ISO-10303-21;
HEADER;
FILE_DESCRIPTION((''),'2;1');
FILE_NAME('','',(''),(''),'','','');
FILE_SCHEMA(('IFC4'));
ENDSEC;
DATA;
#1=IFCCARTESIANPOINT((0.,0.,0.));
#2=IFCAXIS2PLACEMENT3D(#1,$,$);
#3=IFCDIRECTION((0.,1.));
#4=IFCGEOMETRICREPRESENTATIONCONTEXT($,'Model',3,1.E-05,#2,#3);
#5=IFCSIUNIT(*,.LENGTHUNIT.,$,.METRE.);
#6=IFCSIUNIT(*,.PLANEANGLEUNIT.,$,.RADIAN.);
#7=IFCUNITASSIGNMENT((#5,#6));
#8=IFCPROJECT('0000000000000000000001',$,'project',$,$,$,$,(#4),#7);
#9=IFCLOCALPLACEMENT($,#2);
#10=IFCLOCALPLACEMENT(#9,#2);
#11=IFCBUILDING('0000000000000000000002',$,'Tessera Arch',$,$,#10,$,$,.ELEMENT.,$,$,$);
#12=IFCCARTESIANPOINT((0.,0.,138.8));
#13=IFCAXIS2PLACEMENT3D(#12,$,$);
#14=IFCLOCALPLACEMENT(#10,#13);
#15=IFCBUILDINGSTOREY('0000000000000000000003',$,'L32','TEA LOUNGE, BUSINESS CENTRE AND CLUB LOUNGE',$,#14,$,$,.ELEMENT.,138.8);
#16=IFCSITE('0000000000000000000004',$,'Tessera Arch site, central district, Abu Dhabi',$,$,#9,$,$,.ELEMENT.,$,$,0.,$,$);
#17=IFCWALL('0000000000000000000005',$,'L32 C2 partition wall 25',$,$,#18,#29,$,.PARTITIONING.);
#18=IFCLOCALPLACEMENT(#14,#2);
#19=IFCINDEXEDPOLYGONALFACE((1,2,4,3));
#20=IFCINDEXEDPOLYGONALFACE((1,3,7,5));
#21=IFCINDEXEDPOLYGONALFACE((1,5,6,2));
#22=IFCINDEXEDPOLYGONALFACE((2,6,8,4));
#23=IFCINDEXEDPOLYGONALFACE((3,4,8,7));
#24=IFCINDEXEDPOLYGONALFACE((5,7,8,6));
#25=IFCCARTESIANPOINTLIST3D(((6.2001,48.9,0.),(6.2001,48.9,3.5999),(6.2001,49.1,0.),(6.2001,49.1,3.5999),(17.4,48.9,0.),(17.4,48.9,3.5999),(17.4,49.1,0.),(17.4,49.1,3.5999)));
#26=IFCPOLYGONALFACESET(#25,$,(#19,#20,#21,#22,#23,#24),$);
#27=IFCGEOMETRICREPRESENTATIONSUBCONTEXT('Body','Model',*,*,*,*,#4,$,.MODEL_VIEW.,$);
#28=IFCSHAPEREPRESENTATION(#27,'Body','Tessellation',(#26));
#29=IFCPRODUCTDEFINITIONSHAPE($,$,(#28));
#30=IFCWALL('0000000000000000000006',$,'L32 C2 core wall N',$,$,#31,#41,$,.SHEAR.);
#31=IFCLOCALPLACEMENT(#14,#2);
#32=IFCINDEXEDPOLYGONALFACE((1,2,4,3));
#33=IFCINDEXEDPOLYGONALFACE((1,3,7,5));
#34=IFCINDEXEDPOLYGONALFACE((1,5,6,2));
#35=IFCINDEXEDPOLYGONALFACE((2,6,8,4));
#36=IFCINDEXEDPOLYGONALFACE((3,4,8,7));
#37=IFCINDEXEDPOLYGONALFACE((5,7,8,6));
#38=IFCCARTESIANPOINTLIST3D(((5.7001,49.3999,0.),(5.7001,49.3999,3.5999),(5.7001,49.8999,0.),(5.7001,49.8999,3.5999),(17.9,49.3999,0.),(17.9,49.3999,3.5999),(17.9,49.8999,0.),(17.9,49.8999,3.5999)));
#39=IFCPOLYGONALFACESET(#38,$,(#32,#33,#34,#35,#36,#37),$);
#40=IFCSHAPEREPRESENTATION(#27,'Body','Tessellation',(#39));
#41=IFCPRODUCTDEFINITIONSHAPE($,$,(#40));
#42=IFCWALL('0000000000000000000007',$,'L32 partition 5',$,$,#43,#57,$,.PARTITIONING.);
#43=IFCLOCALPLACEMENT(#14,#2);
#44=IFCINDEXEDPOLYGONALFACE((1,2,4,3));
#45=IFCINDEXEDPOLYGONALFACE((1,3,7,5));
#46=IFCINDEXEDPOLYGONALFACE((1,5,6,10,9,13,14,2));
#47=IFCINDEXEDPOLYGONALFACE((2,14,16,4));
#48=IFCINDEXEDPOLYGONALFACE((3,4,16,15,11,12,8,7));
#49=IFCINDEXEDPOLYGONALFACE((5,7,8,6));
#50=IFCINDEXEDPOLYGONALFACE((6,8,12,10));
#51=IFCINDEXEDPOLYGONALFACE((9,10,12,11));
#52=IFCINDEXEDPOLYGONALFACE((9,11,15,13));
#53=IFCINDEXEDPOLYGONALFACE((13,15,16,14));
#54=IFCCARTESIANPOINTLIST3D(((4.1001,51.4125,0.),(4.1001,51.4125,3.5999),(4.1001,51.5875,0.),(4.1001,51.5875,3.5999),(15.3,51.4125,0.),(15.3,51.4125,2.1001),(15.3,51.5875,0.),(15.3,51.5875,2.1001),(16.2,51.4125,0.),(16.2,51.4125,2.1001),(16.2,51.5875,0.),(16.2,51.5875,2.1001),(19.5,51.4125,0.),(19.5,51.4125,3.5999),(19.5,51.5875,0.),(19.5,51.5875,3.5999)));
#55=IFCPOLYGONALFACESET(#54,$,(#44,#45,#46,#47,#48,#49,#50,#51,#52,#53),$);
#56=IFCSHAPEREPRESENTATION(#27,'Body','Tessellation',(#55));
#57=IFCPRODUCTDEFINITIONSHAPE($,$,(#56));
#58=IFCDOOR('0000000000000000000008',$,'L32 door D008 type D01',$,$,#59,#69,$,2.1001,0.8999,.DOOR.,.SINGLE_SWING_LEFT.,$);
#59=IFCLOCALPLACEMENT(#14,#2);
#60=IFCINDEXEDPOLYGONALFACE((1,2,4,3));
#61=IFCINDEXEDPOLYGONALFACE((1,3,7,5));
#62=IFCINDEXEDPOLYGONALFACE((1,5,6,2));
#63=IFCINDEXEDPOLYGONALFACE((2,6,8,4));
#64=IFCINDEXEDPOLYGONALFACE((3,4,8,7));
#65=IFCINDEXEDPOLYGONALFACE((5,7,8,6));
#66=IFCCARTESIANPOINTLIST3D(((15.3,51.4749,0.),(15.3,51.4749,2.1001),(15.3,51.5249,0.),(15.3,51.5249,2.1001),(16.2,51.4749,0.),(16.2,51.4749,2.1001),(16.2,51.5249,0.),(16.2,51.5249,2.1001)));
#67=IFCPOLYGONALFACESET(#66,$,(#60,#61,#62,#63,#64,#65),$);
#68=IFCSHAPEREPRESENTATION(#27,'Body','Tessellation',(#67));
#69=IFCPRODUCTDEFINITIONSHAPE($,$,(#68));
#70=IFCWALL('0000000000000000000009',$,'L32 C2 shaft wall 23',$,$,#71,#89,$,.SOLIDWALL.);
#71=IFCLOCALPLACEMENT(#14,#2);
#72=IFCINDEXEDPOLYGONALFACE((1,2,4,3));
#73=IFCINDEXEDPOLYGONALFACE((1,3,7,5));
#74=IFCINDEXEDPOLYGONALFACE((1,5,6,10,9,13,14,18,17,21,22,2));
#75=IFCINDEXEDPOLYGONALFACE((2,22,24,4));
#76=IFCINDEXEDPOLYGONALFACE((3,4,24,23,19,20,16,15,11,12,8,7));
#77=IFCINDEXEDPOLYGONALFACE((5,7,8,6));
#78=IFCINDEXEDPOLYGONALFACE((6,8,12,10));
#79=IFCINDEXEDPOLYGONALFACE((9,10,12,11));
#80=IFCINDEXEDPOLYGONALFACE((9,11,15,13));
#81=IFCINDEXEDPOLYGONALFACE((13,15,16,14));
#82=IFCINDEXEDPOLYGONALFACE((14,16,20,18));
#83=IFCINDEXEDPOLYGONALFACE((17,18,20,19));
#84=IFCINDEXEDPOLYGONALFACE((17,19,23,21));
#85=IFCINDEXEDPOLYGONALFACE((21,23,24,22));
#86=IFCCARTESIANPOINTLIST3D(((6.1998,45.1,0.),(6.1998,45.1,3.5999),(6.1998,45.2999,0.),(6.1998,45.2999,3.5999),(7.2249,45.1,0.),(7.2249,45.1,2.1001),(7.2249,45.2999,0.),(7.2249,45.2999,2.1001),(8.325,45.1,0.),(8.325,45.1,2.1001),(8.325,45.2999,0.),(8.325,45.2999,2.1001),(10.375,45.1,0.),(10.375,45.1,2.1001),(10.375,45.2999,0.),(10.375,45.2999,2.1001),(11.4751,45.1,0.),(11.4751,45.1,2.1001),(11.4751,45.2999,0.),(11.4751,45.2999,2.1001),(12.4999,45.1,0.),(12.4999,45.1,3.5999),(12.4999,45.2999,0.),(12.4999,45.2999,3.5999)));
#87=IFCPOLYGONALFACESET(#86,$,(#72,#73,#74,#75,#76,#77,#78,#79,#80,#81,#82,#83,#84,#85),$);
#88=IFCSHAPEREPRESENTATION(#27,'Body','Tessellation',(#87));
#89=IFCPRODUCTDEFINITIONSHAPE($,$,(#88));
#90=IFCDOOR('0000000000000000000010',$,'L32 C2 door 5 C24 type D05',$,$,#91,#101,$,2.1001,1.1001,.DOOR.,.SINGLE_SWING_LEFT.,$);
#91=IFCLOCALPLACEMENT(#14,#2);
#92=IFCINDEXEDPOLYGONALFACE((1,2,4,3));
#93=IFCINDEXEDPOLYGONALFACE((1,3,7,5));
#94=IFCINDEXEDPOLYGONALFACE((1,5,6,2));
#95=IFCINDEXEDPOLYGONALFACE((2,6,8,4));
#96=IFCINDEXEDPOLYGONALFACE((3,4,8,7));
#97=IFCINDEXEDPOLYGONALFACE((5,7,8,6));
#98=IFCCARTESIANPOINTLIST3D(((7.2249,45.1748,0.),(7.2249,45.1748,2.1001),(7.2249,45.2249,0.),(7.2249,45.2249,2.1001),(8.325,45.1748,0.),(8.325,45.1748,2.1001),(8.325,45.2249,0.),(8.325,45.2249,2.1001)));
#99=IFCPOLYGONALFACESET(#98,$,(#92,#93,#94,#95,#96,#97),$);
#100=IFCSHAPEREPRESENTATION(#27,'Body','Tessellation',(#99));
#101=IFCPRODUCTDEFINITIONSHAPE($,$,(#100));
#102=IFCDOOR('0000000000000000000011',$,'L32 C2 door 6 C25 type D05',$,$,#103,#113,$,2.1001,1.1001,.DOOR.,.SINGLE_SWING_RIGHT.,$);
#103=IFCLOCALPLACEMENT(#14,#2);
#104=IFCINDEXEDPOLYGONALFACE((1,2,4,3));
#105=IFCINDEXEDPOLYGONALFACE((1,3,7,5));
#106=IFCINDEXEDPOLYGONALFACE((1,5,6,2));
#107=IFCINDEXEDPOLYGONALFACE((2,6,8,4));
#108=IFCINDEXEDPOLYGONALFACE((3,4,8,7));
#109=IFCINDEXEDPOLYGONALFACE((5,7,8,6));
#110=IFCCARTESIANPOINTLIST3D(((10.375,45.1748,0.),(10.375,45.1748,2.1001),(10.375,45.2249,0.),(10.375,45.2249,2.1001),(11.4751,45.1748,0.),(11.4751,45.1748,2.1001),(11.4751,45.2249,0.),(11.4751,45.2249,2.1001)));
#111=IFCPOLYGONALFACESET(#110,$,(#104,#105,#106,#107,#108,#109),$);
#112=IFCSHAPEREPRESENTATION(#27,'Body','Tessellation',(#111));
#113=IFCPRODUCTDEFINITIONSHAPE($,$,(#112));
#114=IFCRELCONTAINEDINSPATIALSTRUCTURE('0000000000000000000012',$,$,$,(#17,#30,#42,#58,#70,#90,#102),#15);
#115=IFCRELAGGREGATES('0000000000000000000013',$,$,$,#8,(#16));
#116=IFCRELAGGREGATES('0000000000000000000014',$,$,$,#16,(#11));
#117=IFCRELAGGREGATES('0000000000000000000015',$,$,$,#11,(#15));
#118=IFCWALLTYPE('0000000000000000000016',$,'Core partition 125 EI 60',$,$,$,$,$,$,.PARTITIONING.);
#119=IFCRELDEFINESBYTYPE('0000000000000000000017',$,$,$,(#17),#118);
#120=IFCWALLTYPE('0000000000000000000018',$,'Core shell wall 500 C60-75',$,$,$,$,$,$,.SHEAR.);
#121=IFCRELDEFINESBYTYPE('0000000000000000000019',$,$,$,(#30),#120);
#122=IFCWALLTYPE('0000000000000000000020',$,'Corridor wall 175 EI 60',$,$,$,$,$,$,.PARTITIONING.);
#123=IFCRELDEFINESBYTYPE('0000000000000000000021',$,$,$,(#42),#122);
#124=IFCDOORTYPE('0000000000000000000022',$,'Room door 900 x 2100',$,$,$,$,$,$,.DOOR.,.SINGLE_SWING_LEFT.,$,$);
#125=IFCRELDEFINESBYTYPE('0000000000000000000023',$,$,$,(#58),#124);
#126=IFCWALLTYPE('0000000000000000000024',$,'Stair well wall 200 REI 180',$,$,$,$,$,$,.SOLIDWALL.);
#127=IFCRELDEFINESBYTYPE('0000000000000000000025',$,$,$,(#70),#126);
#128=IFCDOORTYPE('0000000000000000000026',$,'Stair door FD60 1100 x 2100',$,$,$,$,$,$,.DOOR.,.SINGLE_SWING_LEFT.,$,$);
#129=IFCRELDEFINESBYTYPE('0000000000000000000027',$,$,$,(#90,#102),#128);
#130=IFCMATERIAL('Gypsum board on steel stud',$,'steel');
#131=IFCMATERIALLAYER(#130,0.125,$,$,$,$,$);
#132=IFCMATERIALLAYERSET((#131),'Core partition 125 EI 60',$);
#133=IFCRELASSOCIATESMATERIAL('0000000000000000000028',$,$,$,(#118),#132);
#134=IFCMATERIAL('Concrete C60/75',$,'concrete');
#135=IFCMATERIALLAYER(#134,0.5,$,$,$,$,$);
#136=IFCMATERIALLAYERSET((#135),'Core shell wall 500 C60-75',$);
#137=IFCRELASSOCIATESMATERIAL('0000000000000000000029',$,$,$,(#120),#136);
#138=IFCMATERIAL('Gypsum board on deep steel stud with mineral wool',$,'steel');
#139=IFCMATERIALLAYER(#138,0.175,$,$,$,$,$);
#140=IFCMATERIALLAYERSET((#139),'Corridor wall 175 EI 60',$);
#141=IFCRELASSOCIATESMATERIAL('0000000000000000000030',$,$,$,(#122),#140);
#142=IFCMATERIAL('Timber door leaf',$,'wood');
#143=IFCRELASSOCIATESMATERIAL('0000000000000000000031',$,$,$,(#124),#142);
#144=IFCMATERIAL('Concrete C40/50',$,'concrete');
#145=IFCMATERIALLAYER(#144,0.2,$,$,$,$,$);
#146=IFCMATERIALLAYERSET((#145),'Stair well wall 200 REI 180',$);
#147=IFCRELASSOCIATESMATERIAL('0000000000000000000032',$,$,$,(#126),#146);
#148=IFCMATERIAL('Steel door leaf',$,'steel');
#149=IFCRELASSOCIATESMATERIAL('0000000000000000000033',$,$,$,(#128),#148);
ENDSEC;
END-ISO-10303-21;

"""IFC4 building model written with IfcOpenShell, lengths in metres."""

from ifc_helpers import new_model, si_unit, direction, frame, frame_2d, origin, place, context, subcontext, project, spatial, rectangle, extrude, material, layer, layer_set, type_object, element, fill, save


model = new_model("IFC4")

# Units and contexts
model_context = context("Model", 3, precision=1e-05, world=origin(), true_north=direction((0.0, 1.0)))
body_context = subcontext(model_context, "Body", "Model", "MODEL_VIEW")
ifc_project = project(units=[si_unit("LENGTHUNIT", "METRE"), si_unit("PLANEANGLEUNIT", "RADIAN")], contexts=[model_context])

# Site, building, storey
site_placement = place(None, origin())
site = spatial("IfcSite", under=ifc_project, at=site_placement, Name="Tessera Arch site, central district, Abu Dhabi", CompositionType="ELEMENT", RefElevation=0.0)
building_placement = place(site_placement, origin())
building = spatial("IfcBuilding", under=site, at=building_placement, Name="Tessera Arch", CompositionType="ELEMENT")
storey_placement = place(building_placement, frame((0.0, 0.0, 138.8)))
storey = spatial("IfcBuildingStorey", under=building, at=storey_placement, Name="L32", Description="TEA LOUNGE, BUSINESS CENTRE AND CLUB LOUNGE", CompositionType="ELEMENT", Elevation=138.8)

# Shared definitions
ifc_material_1 = material(Name="Gypsum board on steel stud", Category="steel")
ifc_layer_1 = layer(ifc_material_1, 0.125)
ifc_layer_set_1 = layer_set([ifc_layer_1], Name="Core partition 125 EI 60")
wall_type_1 = type_object("IfcWallType", Name="Core partition 125 EI 60", PredefinedType="PARTITIONING", material=ifc_layer_set_1)

# Walls
wall_1_placement = place(storey_placement, frame((6.2, 49.0, 0.0), z_axis=(0.0, 0.0, 1.0), x_axis=(1.0, 0.0, 0.0)))
element("IfcWall", 1, at=wall_1_placement, inside=storey, type_object=wall_type_1, Name="L32 C2 partition wall 25", PredefinedType="PARTITIONING", context=body_context, shape_type="SweptSolid", body=[
    extrude(rectangle(XDim=11.2, YDim=0.2, at=frame_2d((5.6001, 0.0))), origin(), (0.0, 0.0, 1.0), 3.5999),
])
ifc_material_2 = material(Name="Concrete C60/75", Category="concrete")
ifc_layer_2 = layer(ifc_material_2, 0.5)
ifc_layer_set_2 = layer_set([ifc_layer_2], Name="Core shell wall 500 C60-75")
wall_type_2 = type_object("IfcWallType", Name="Core shell wall 500 C60-75", PredefinedType="SHEAR", material=ifc_layer_set_2)
wall_2_placement = place(storey_placement, frame((5.7, 49.6499, 0.0), z_axis=(0.0, 0.0, 1.0), x_axis=(1.0, 0.0, 0.0)))
element("IfcWall", 2, at=wall_2_placement, inside=storey, type_object=wall_type_2, Name="L32 C2 core wall N", PredefinedType="SHEAR", context=body_context, shape_type="SweptSolid", body=[
    extrude(rectangle(XDim=12.2, YDim=0.5, at=frame_2d((6.1001, 0.0))), origin(), (0.0, 0.0, 1.0), 3.5999),
])

# Wall, opening, door
ifc_material_3 = material(Name="Gypsum board on deep steel stud with mineral wool", Category="steel")
ifc_layer_3 = layer(ifc_material_3, 0.175)
ifc_layer_set_3 = layer_set([ifc_layer_3], Name="Corridor wall 175 EI 60")
wall_type_3 = type_object("IfcWallType", Name="Corridor wall 175 EI 60", PredefinedType="PARTITIONING", material=ifc_layer_set_3)
wall_3_placement = place(storey_placement, frame((4.1001, 51.5, 0.0), z_axis=(0.0, 0.0, 1.0), x_axis=(1.0, 0.0, 0.0)))
wall_3 = element("IfcWall", 3, at=wall_3_placement, inside=storey, type_object=wall_type_3, Name="L32 partition 5", PredefinedType="PARTITIONING", context=body_context, shape_type="SweptSolid", body=[
    extrude(rectangle(XDim=15.3999, YDim=0.175, at=frame_2d((7.7, 0.0))), origin(), (0.0, 0.0, 1.0), 3.5999),
])
opening_1_placement = place(wall_3_placement, frame((11.2, 0.0, 0.0)))
opening_1 = element("IfcOpeningElement", 4, at=opening_1_placement, cuts=wall_3, PredefinedType="OPENING", context=body_context, shape_type="SweptSolid", body=[
    extrude(rectangle(XDim=0.8999, YDim=2.1001, at=frame_2d((0.45, 1.05))), frame((0.0, 0.0974, 0.0), z_axis=(0.0, -1.0, 0.0), x_axis=(1.0, 0.0, 0.0)), (0.0, 0.0, 1.0), 0.1951),
])
ifc_material_4 = material(Name="Timber door leaf", Category="wood")
door_type_1 = type_object("IfcDoorType", Name="Room door 900 x 2100", OperationType="SINGLE_SWING_LEFT", PredefinedType="DOOR", material=ifc_material_4)
door_1_placement = place(opening_1_placement, origin())
door_1 = element("IfcDoor", 5, at=door_1_placement, inside=storey, type_object=door_type_1, Name="L32 door D008 type D01", OperationType="SINGLE_SWING_LEFT", OverallHeight=2.1001, OverallWidth=0.8999, PredefinedType="DOOR", context=body_context, shape_type="SweptSolid", body=[
    extrude(rectangle(XDim=0.8999, YDim=2.1001, at=frame_2d((0.45, 1.05))), frame((0.0, 0.0249, 0.0), z_axis=(0.0, -1.0, 0.0), x_axis=(1.0, 0.0, 0.0)), (0.0, 0.0, 1.0), 0.05),
])
fill(opening_1, door_1)

# Wall, openings, doors
ifc_material_5 = material(Name="Concrete C40/50", Category="concrete")
ifc_layer_4 = layer(ifc_material_5, 0.2)
ifc_layer_set_4 = layer_set([ifc_layer_4], Name="Stair well wall 200 REI 180")
wall_type_4 = type_object("IfcWallType", Name="Stair well wall 200 REI 180", PredefinedType="SOLIDWALL", material=ifc_layer_set_4)
wall_4_placement = place(storey_placement, frame((6.2, 45.2, 0.0), z_axis=(0.0, 0.0, 1.0), x_axis=(1.0, 0.0, 0.0)))
wall_4 = element("IfcWall", 6, at=wall_4_placement, inside=storey, type_object=wall_type_4, Name="L32 C2 shaft wall 23", PredefinedType="SOLIDWALL", context=body_context, shape_type="SweptSolid", body=[
    extrude(rectangle(XDim=6.3, YDim=0.2, at=frame_2d((3.1499, 0.0))), origin(), (0.0, 0.0, 1.0), 3.5999),
])
opening_2_placement = place(wall_4_placement, frame((1.0249, 0.0, 0.0)))
opening_2 = element("IfcOpeningElement", 7, at=opening_2_placement, cuts=wall_4, PredefinedType="OPENING", context=body_context, shape_type="SweptSolid", body=[
    extrude(rectangle(XDim=1.1001, YDim=2.1001, at=frame_2d((0.55, 1.05))), frame((0.0, 0.1099, 0.0), z_axis=(0.0, -1.0, 0.0), x_axis=(1.0, 0.0, 0.0)), (0.0, 0.0, 1.0), 0.22),
])
opening_3_placement = place(wall_4_placement, frame((4.175, 0.0, 0.0)))
opening_3 = element("IfcOpeningElement", 8, at=opening_3_placement, cuts=wall_4, PredefinedType="OPENING", context=body_context, shape_type="SweptSolid", body=[
    extrude(rectangle(XDim=1.1001, YDim=2.1001, at=frame_2d((0.55, 1.05))), frame((0.0, 0.1099, 0.0), z_axis=(0.0, -1.0, 0.0), x_axis=(1.0, 0.0, 0.0)), (0.0, 0.0, 1.0), 0.22),
])
ifc_material_6 = material(Name="Steel door leaf", Category="steel")
door_type_2 = type_object("IfcDoorType", Name="Stair door FD60 1100 x 2100", OperationType="SINGLE_SWING_LEFT", PredefinedType="DOOR", material=ifc_material_6)
door_2_placement = place(opening_2_placement, origin())
door_2 = element("IfcDoor", 9, at=door_2_placement, inside=storey, type_object=door_type_2, Name="L32 C2 door 5 C24 type D05", OperationType="SINGLE_SWING_LEFT", OverallHeight=2.1001, OverallWidth=1.1001, PredefinedType="DOOR", context=body_context, shape_type="SweptSolid", body=[
    extrude(rectangle(XDim=1.1001, YDim=2.1001, at=frame_2d((0.55, 1.05))), frame((0.0, 0.0249, 0.0), z_axis=(0.0, -1.0, 0.0), x_axis=(1.0, 0.0, 0.0)), (0.0, 0.0, 1.0), 0.05),
])
fill(opening_2, door_2)
door_3_placement = place(opening_3_placement, origin())
door_3 = element("IfcDoor", 10, at=door_3_placement, inside=storey, type_object=door_type_2, Name="L32 C2 door 6 C25 type D05", OperationType="SINGLE_SWING_RIGHT", OverallHeight=2.1001, OverallWidth=1.1001, PredefinedType="DOOR", context=body_context, shape_type="SweptSolid", body=[
    extrude(rectangle(XDim=1.1001, YDim=2.1001, at=frame_2d((0.55, 1.05))), frame((0.0, 0.0249, 0.0), z_axis=(0.0, -1.0, 0.0), x_axis=(1.0, 0.0, 0.0)), (0.0, 0.0, 1.0), 0.05),
])
fill(opening_3, door_3)

save(model, "model.ifc")
